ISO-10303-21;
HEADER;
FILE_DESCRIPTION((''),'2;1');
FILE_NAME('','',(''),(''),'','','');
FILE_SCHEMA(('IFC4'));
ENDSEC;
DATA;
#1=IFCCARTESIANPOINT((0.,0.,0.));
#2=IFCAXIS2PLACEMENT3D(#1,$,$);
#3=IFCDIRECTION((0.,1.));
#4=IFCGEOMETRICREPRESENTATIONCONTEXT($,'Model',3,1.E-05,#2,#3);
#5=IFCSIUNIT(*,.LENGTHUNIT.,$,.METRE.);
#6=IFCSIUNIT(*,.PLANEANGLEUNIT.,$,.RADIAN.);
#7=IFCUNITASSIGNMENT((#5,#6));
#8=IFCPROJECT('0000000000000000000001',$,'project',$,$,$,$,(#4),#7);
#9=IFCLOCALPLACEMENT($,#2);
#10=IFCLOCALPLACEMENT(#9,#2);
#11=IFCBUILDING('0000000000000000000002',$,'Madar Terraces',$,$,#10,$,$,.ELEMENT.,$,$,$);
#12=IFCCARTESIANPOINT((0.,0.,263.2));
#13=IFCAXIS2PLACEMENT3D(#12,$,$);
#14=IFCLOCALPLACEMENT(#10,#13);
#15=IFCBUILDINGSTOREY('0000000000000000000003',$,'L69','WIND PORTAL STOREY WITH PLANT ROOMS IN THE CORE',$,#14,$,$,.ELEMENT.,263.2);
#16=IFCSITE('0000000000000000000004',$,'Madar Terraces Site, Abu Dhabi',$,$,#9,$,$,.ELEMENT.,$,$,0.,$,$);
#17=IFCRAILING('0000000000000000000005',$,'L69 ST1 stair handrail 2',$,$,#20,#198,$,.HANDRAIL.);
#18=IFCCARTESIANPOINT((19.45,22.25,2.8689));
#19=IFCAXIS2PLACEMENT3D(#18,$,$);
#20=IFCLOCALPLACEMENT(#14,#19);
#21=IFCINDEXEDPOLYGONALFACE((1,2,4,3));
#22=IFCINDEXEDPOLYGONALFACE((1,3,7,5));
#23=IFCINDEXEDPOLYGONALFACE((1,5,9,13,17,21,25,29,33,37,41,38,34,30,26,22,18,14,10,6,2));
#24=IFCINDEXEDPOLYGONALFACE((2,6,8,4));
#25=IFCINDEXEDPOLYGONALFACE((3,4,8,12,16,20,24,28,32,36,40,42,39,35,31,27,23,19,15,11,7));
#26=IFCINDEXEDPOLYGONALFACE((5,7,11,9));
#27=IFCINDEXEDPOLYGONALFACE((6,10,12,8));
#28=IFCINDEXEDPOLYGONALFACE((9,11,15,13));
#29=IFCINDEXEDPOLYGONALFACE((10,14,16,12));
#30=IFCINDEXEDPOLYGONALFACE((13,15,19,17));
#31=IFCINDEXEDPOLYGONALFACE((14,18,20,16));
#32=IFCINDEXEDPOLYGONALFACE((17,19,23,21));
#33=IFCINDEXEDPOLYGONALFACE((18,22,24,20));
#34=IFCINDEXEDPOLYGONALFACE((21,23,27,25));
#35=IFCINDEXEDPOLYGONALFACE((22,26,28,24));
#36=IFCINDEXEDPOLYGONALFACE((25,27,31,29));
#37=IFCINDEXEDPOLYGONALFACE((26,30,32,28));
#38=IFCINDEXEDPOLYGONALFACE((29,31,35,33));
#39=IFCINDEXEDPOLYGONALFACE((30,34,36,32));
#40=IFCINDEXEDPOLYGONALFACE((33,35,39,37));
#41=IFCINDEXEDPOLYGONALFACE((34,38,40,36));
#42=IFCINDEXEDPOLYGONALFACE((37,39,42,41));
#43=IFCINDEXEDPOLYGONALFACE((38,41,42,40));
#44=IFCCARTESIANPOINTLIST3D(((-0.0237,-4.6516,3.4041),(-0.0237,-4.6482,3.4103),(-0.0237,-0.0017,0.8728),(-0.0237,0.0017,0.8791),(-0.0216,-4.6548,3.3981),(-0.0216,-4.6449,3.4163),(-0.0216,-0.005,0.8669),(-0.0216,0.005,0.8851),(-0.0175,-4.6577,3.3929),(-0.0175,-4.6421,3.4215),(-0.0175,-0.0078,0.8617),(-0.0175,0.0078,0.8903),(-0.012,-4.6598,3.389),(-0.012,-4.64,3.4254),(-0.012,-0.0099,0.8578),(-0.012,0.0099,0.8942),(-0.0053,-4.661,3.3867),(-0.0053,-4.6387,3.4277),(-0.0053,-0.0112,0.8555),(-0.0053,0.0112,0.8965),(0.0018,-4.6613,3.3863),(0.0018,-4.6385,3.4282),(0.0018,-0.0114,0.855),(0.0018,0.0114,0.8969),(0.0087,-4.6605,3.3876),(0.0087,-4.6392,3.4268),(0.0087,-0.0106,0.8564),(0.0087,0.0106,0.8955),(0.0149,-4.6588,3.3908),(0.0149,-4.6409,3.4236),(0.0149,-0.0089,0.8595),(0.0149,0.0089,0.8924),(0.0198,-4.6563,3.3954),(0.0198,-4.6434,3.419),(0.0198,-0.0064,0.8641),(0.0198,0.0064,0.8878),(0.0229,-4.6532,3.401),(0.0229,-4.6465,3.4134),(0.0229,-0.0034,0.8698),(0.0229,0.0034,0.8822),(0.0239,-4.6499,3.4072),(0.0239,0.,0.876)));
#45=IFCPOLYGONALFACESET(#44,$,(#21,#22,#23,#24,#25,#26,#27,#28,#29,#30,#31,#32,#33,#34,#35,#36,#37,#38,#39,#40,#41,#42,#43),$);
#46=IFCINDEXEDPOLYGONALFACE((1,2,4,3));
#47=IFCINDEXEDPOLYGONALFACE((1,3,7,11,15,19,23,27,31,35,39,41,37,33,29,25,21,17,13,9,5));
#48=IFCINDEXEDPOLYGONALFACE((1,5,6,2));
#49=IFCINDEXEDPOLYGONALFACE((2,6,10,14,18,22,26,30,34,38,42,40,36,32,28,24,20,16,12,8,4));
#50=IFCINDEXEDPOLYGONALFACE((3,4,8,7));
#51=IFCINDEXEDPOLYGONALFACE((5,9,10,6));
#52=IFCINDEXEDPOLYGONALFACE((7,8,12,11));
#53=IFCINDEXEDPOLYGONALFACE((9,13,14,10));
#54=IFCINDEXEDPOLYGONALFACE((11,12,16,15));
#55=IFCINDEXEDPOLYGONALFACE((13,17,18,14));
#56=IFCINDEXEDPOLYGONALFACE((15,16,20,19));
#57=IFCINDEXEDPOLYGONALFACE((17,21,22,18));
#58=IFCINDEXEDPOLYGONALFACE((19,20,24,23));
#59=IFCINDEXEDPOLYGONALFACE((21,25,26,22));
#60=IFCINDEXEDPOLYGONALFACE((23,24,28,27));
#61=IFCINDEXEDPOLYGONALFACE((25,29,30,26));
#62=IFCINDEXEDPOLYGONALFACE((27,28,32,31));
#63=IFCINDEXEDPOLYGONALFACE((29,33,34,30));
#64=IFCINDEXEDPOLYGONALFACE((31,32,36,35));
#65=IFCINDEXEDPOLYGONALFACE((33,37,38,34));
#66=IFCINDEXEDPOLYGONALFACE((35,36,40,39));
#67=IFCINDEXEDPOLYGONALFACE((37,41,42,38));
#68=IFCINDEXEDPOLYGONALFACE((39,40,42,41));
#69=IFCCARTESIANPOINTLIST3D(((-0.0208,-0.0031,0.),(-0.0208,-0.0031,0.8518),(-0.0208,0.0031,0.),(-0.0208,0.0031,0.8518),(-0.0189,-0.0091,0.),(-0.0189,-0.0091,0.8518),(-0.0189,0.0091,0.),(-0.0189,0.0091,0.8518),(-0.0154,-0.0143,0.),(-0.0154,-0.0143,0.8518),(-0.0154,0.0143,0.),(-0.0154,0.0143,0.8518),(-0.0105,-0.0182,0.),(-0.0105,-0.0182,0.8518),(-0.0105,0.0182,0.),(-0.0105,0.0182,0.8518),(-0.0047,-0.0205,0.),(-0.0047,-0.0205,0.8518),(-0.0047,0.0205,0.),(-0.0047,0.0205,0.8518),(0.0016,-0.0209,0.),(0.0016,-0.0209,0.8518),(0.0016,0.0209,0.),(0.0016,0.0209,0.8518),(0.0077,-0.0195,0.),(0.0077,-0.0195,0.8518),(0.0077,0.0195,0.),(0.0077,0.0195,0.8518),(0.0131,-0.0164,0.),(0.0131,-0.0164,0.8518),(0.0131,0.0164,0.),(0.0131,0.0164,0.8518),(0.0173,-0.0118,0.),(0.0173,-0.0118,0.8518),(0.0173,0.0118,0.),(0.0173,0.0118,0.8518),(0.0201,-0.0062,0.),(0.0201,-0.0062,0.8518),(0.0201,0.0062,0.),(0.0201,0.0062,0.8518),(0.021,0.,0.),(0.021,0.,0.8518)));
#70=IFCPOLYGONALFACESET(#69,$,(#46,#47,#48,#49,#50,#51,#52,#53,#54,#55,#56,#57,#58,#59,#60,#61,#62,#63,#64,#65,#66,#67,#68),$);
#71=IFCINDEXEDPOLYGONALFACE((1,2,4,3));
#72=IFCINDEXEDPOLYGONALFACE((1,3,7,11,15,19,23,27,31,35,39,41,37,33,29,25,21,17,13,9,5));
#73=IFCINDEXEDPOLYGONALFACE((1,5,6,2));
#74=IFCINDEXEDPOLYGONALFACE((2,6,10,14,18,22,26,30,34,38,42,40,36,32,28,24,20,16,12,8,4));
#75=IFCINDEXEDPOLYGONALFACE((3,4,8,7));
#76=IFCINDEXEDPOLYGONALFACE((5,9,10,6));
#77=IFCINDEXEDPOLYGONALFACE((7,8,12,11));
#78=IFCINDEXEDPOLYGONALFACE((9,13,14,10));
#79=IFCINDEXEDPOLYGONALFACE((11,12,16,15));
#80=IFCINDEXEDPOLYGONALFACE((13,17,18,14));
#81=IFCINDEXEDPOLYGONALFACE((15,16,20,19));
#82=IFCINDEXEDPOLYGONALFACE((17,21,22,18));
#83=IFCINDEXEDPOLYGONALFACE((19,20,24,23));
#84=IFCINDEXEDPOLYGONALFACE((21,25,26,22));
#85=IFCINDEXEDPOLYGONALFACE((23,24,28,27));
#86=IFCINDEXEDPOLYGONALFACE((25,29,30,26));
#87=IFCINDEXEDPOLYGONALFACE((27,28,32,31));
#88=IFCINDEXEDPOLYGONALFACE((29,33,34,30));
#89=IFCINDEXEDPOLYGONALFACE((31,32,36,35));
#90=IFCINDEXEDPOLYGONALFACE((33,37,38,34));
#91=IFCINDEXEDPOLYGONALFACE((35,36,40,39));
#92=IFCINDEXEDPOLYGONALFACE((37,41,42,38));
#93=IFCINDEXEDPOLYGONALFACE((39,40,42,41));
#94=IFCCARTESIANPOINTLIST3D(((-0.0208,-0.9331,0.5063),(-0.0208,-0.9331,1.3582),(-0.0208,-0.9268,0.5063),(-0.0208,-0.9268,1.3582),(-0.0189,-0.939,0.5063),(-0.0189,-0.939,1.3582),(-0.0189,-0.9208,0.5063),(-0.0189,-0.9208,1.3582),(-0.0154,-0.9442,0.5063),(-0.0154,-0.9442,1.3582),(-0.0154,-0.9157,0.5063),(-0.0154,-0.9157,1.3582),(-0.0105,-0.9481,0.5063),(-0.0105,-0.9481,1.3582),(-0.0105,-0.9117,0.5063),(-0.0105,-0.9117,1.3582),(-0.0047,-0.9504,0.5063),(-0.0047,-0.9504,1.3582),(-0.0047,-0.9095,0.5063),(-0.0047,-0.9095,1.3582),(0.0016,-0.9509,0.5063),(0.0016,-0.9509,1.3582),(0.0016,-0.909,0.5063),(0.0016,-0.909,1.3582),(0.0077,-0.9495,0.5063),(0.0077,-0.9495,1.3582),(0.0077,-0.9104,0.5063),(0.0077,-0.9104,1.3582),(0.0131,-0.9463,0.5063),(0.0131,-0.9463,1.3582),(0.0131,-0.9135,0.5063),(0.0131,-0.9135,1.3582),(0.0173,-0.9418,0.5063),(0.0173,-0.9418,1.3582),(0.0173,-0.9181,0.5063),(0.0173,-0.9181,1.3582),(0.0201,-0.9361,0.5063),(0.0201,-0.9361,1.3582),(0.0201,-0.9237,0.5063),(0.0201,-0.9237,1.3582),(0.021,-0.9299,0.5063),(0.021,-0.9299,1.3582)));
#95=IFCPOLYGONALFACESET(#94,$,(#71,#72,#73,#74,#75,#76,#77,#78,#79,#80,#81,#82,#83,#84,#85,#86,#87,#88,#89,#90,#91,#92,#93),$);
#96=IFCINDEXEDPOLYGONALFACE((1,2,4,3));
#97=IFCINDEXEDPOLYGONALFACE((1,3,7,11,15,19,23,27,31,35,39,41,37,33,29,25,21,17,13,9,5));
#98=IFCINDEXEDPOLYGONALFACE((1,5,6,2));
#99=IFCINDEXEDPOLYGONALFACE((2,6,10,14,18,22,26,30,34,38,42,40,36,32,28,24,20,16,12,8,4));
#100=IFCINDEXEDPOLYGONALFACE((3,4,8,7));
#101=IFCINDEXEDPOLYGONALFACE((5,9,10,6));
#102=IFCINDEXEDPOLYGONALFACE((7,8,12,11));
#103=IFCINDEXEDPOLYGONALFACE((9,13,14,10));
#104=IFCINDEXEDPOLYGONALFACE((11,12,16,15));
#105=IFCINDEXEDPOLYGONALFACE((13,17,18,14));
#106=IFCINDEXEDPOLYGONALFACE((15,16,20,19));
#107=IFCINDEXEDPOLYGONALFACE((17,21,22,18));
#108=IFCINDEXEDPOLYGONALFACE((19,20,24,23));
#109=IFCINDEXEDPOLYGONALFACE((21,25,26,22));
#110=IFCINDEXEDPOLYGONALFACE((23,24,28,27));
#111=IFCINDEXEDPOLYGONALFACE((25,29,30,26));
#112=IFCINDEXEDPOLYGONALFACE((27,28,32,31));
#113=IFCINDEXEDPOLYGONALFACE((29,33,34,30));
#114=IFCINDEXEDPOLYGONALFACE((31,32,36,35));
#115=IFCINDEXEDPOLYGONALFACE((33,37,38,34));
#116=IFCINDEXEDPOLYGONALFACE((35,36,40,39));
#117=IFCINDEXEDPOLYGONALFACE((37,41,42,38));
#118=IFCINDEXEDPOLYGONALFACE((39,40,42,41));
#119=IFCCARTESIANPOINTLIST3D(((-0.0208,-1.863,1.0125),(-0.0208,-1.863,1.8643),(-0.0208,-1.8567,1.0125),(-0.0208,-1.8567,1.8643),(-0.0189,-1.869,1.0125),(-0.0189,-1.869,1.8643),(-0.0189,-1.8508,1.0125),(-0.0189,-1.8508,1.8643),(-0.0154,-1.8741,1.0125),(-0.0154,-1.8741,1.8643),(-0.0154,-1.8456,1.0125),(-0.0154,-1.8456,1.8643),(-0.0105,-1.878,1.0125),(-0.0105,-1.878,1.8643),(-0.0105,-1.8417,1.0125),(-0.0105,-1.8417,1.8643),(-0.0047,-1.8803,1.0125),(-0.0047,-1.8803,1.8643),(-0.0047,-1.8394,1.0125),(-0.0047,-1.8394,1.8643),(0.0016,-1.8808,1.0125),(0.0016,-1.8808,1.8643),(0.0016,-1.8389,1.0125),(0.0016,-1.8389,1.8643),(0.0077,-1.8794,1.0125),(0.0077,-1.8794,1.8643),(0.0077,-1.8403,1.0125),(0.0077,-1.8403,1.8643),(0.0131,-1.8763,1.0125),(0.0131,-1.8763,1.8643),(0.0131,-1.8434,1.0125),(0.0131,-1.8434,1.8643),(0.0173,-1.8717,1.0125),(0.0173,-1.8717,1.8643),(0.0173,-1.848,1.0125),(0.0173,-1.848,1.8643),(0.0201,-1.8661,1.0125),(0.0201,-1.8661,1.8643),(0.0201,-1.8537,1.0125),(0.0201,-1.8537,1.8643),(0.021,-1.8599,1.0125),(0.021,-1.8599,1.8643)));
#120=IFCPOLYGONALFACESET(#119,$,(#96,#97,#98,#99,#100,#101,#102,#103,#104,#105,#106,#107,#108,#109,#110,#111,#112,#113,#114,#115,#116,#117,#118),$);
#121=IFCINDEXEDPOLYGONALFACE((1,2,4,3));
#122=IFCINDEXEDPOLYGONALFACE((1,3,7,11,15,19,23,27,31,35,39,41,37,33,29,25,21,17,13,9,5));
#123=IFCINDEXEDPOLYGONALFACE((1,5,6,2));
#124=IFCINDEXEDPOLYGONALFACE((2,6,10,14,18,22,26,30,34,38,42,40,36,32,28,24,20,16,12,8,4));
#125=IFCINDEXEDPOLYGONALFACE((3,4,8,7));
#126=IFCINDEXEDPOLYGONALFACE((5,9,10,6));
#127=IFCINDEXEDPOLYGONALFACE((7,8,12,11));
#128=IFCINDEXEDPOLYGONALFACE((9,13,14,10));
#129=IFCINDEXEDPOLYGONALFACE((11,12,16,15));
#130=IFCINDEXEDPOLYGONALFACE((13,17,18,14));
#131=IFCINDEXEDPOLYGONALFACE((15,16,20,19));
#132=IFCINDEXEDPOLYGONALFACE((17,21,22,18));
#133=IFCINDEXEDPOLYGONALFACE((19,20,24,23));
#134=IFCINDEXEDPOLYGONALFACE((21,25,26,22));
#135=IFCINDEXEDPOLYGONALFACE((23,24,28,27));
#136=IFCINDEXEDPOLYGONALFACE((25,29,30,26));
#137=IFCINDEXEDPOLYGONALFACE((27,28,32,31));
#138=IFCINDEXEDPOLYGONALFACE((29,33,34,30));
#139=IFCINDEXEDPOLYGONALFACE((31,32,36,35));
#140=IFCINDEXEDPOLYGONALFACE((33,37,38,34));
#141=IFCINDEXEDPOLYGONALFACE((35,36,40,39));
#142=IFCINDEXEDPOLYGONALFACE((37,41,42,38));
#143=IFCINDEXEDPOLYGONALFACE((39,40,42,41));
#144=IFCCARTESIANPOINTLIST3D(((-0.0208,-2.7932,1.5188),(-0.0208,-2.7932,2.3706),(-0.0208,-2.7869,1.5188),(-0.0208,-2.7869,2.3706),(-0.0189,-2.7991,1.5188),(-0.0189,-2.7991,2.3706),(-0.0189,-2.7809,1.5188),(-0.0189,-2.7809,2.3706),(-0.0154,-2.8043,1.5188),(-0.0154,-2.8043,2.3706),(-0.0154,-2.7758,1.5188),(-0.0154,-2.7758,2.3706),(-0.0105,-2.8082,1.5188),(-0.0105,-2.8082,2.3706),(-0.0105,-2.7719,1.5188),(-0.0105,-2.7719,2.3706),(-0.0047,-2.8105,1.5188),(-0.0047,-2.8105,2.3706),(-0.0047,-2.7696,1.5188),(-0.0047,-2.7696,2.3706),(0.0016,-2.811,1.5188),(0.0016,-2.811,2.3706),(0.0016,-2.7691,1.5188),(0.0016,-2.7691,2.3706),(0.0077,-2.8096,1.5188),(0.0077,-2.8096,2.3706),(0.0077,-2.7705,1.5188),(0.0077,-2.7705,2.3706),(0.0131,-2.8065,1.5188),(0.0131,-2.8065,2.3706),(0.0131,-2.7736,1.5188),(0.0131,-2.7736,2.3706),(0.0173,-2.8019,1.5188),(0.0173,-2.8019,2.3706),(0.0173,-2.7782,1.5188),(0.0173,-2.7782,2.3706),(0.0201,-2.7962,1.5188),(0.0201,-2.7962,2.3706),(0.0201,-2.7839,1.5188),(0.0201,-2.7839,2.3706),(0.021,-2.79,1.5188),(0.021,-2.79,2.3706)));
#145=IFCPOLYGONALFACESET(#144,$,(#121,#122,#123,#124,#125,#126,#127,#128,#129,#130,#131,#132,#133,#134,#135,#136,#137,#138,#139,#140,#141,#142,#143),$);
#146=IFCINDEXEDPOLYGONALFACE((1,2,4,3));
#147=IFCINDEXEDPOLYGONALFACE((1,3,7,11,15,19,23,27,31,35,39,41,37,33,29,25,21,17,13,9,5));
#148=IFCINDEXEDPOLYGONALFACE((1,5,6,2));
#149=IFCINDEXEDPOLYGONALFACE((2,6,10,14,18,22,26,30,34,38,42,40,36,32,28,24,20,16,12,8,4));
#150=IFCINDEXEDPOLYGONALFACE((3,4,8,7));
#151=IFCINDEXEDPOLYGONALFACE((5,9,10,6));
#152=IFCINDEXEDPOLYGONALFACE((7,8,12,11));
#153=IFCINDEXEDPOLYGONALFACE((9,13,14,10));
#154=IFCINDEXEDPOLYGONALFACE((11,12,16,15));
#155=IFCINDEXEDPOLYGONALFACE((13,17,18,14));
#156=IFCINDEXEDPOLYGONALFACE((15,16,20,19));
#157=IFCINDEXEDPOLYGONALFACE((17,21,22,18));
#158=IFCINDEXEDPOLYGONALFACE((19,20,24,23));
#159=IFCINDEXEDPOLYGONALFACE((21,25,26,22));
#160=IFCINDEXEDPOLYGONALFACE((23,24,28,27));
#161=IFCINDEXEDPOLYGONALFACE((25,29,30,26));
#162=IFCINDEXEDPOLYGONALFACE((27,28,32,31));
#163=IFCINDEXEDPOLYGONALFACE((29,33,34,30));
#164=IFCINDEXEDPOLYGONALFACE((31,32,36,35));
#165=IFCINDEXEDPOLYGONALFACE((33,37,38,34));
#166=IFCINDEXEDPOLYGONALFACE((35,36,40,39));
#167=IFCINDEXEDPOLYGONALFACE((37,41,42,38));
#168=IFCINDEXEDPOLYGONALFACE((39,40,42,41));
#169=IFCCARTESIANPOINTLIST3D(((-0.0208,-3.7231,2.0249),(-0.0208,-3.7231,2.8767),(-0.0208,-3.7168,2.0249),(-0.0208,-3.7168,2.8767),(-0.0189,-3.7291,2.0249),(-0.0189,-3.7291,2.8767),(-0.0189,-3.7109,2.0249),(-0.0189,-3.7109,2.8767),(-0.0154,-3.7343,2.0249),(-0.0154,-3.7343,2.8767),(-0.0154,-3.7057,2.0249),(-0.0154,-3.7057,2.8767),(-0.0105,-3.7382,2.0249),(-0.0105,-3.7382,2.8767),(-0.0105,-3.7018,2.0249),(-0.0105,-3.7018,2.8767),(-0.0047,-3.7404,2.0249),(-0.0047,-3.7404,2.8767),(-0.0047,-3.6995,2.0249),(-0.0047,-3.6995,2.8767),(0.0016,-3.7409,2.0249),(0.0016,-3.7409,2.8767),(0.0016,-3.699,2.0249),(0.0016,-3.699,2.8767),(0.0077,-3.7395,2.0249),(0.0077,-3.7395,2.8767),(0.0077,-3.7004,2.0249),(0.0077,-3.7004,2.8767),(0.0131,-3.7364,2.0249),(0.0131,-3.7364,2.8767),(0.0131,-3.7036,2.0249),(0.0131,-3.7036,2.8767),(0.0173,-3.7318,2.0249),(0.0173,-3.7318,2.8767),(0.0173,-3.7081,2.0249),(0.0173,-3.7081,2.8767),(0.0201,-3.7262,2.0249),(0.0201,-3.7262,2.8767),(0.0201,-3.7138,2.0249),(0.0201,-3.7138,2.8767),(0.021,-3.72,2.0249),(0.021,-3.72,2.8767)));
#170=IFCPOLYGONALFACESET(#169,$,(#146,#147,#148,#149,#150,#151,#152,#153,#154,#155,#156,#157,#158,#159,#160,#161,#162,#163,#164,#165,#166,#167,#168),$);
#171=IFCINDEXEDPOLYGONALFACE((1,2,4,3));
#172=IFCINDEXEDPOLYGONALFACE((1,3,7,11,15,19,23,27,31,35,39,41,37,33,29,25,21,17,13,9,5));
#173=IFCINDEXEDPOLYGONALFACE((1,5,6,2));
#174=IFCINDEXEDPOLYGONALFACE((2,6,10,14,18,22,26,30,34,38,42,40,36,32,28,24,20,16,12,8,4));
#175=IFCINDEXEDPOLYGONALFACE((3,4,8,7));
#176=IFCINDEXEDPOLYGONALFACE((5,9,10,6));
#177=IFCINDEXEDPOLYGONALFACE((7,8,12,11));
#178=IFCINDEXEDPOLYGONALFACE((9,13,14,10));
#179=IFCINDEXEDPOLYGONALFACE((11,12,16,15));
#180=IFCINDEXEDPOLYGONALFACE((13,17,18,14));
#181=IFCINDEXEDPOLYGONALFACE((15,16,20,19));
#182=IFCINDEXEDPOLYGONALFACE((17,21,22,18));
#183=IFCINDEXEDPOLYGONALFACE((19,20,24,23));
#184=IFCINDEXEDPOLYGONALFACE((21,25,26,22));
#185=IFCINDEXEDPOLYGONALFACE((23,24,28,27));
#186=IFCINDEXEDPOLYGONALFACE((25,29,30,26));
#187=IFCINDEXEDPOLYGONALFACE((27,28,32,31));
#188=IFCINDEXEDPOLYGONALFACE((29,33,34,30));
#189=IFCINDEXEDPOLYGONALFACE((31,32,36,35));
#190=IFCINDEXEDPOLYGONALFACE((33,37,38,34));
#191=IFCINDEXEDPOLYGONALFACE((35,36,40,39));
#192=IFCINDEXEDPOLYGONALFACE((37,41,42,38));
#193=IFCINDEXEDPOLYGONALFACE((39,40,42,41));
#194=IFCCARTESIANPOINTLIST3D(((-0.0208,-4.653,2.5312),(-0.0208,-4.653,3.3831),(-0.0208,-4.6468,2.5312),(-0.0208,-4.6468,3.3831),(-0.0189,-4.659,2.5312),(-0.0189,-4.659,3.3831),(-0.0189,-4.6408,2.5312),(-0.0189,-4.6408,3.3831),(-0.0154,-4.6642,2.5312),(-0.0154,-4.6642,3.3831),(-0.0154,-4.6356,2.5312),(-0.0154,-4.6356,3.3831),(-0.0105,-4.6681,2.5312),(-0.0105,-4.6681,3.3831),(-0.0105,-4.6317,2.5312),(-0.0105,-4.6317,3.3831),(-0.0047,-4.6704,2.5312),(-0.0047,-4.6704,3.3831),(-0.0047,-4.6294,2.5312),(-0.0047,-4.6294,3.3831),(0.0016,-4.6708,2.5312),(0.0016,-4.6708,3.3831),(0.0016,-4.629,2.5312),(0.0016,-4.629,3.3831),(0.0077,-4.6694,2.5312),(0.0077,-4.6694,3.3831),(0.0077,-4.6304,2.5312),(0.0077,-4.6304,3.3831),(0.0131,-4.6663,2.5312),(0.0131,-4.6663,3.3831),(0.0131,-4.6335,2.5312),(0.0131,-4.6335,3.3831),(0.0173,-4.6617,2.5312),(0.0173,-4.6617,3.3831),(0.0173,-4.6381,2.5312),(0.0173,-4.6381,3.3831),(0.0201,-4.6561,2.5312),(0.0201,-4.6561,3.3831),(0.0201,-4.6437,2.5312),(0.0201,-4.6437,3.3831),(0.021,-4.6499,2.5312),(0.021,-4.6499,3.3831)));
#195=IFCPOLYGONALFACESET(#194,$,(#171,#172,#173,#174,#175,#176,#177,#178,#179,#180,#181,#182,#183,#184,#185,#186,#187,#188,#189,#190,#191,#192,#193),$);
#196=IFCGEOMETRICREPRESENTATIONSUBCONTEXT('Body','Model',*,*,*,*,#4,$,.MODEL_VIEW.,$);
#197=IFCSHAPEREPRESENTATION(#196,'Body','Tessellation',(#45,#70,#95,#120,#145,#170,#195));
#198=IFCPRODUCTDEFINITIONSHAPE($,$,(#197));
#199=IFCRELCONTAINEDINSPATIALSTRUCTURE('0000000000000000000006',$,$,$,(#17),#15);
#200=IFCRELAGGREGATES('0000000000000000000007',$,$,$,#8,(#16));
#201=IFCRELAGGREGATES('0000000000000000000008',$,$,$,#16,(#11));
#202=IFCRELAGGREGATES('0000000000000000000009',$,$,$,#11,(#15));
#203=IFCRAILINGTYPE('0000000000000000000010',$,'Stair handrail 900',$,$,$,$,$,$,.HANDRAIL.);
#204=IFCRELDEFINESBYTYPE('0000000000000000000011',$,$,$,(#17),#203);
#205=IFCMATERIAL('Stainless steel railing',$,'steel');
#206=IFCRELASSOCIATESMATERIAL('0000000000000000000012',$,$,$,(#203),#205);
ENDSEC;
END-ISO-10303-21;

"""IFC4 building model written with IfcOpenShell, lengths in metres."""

from ifc_helpers import new_model, si_unit, direction, frame, origin, origin_2d, place, context, subcontext, project, spatial, circle, extrude, material, type_object, element, save


model = new_model("IFC4")

# Units and contexts
model_context = context("Model", 3, precision=1e-05, world=origin(), true_north=direction((0.0, 1.0)))
body_context = subcontext(model_context, "Body", "Model", "MODEL_VIEW")
ifc_project = project(units=[si_unit("LENGTHUNIT", "METRE"), si_unit("PLANEANGLEUNIT", "RADIAN")], contexts=[model_context])

# Site, building, storey
site_placement = place(None, origin())
site = spatial("IfcSite", under=ifc_project, at=site_placement, Name="Madar Terraces Site, Abu Dhabi", CompositionType="ELEMENT", RefElevation=0.0)
building_placement = place(site_placement, origin())
building = spatial("IfcBuilding", under=site, at=building_placement, Name="Madar Terraces", CompositionType="ELEMENT")
storey_placement = place(building_placement, frame((0.0, 0.0, 263.2)))
storey = spatial("IfcBuildingStorey", under=building, at=storey_placement, Name="L69", Description="WIND PORTAL STOREY WITH PLANT ROOMS IN THE CORE", CompositionType="ELEMENT", Elevation=263.2)

# Railing
ifc_material_1 = material(Name="Stainless steel railing", Category="steel")
railing_type_1 = type_object("IfcRailingType", Name="Stair handrail 900", PredefinedType="HANDRAIL", material=ifc_material_1)
railing_1_placement = place(storey_placement, frame((19.45, 22.25, 2.8689)))
element("IfcRailing", 1, at=railing_1_placement, inside=storey, type_object=railing_type_1, Name="L69 ST1 stair handrail 2", PredefinedType="HANDRAIL", context=body_context, shape_type="SweptSolid", body=[
    extrude(circle(Radius=0.0239, at=origin_2d()), frame((0.0, 0.0, 0.876), z_axis=(0.0, -0.878297, 0.478115), x_axis=(1.0, 0.0, 0.0)), (0.0, 0.0, 1.0), 5.2942),
    extrude(circle(Radius=0.021, at=origin_2d()), origin(), (0.0, 0.0, 1.0), 0.8518),
    extrude(circle(Radius=0.021, at=origin_2d()), frame((0.0, -0.9299, 0.5063)), (0.0, 0.0, 1.0), 0.8518),
    extrude(circle(Radius=0.021, at=origin_2d()), frame((0.0, -1.8599, 1.0125)), (0.0, 0.0, 1.0), 0.8518),
    extrude(circle(Radius=0.021, at=origin_2d()), frame((0.0, -2.79, 1.5188)), (0.0, 0.0, 1.0), 0.8518),
    extrude(circle(Radius=0.021, at=origin_2d()), frame((0.0, -3.72, 2.0249)), (0.0, 0.0, 1.0), 0.8518),
    extrude(circle(Radius=0.021, at=origin_2d()), frame((0.0, -4.6499, 2.5312)), (0.0, 0.0, 1.0), 0.8518),
])

save(model, "model.ifc")
